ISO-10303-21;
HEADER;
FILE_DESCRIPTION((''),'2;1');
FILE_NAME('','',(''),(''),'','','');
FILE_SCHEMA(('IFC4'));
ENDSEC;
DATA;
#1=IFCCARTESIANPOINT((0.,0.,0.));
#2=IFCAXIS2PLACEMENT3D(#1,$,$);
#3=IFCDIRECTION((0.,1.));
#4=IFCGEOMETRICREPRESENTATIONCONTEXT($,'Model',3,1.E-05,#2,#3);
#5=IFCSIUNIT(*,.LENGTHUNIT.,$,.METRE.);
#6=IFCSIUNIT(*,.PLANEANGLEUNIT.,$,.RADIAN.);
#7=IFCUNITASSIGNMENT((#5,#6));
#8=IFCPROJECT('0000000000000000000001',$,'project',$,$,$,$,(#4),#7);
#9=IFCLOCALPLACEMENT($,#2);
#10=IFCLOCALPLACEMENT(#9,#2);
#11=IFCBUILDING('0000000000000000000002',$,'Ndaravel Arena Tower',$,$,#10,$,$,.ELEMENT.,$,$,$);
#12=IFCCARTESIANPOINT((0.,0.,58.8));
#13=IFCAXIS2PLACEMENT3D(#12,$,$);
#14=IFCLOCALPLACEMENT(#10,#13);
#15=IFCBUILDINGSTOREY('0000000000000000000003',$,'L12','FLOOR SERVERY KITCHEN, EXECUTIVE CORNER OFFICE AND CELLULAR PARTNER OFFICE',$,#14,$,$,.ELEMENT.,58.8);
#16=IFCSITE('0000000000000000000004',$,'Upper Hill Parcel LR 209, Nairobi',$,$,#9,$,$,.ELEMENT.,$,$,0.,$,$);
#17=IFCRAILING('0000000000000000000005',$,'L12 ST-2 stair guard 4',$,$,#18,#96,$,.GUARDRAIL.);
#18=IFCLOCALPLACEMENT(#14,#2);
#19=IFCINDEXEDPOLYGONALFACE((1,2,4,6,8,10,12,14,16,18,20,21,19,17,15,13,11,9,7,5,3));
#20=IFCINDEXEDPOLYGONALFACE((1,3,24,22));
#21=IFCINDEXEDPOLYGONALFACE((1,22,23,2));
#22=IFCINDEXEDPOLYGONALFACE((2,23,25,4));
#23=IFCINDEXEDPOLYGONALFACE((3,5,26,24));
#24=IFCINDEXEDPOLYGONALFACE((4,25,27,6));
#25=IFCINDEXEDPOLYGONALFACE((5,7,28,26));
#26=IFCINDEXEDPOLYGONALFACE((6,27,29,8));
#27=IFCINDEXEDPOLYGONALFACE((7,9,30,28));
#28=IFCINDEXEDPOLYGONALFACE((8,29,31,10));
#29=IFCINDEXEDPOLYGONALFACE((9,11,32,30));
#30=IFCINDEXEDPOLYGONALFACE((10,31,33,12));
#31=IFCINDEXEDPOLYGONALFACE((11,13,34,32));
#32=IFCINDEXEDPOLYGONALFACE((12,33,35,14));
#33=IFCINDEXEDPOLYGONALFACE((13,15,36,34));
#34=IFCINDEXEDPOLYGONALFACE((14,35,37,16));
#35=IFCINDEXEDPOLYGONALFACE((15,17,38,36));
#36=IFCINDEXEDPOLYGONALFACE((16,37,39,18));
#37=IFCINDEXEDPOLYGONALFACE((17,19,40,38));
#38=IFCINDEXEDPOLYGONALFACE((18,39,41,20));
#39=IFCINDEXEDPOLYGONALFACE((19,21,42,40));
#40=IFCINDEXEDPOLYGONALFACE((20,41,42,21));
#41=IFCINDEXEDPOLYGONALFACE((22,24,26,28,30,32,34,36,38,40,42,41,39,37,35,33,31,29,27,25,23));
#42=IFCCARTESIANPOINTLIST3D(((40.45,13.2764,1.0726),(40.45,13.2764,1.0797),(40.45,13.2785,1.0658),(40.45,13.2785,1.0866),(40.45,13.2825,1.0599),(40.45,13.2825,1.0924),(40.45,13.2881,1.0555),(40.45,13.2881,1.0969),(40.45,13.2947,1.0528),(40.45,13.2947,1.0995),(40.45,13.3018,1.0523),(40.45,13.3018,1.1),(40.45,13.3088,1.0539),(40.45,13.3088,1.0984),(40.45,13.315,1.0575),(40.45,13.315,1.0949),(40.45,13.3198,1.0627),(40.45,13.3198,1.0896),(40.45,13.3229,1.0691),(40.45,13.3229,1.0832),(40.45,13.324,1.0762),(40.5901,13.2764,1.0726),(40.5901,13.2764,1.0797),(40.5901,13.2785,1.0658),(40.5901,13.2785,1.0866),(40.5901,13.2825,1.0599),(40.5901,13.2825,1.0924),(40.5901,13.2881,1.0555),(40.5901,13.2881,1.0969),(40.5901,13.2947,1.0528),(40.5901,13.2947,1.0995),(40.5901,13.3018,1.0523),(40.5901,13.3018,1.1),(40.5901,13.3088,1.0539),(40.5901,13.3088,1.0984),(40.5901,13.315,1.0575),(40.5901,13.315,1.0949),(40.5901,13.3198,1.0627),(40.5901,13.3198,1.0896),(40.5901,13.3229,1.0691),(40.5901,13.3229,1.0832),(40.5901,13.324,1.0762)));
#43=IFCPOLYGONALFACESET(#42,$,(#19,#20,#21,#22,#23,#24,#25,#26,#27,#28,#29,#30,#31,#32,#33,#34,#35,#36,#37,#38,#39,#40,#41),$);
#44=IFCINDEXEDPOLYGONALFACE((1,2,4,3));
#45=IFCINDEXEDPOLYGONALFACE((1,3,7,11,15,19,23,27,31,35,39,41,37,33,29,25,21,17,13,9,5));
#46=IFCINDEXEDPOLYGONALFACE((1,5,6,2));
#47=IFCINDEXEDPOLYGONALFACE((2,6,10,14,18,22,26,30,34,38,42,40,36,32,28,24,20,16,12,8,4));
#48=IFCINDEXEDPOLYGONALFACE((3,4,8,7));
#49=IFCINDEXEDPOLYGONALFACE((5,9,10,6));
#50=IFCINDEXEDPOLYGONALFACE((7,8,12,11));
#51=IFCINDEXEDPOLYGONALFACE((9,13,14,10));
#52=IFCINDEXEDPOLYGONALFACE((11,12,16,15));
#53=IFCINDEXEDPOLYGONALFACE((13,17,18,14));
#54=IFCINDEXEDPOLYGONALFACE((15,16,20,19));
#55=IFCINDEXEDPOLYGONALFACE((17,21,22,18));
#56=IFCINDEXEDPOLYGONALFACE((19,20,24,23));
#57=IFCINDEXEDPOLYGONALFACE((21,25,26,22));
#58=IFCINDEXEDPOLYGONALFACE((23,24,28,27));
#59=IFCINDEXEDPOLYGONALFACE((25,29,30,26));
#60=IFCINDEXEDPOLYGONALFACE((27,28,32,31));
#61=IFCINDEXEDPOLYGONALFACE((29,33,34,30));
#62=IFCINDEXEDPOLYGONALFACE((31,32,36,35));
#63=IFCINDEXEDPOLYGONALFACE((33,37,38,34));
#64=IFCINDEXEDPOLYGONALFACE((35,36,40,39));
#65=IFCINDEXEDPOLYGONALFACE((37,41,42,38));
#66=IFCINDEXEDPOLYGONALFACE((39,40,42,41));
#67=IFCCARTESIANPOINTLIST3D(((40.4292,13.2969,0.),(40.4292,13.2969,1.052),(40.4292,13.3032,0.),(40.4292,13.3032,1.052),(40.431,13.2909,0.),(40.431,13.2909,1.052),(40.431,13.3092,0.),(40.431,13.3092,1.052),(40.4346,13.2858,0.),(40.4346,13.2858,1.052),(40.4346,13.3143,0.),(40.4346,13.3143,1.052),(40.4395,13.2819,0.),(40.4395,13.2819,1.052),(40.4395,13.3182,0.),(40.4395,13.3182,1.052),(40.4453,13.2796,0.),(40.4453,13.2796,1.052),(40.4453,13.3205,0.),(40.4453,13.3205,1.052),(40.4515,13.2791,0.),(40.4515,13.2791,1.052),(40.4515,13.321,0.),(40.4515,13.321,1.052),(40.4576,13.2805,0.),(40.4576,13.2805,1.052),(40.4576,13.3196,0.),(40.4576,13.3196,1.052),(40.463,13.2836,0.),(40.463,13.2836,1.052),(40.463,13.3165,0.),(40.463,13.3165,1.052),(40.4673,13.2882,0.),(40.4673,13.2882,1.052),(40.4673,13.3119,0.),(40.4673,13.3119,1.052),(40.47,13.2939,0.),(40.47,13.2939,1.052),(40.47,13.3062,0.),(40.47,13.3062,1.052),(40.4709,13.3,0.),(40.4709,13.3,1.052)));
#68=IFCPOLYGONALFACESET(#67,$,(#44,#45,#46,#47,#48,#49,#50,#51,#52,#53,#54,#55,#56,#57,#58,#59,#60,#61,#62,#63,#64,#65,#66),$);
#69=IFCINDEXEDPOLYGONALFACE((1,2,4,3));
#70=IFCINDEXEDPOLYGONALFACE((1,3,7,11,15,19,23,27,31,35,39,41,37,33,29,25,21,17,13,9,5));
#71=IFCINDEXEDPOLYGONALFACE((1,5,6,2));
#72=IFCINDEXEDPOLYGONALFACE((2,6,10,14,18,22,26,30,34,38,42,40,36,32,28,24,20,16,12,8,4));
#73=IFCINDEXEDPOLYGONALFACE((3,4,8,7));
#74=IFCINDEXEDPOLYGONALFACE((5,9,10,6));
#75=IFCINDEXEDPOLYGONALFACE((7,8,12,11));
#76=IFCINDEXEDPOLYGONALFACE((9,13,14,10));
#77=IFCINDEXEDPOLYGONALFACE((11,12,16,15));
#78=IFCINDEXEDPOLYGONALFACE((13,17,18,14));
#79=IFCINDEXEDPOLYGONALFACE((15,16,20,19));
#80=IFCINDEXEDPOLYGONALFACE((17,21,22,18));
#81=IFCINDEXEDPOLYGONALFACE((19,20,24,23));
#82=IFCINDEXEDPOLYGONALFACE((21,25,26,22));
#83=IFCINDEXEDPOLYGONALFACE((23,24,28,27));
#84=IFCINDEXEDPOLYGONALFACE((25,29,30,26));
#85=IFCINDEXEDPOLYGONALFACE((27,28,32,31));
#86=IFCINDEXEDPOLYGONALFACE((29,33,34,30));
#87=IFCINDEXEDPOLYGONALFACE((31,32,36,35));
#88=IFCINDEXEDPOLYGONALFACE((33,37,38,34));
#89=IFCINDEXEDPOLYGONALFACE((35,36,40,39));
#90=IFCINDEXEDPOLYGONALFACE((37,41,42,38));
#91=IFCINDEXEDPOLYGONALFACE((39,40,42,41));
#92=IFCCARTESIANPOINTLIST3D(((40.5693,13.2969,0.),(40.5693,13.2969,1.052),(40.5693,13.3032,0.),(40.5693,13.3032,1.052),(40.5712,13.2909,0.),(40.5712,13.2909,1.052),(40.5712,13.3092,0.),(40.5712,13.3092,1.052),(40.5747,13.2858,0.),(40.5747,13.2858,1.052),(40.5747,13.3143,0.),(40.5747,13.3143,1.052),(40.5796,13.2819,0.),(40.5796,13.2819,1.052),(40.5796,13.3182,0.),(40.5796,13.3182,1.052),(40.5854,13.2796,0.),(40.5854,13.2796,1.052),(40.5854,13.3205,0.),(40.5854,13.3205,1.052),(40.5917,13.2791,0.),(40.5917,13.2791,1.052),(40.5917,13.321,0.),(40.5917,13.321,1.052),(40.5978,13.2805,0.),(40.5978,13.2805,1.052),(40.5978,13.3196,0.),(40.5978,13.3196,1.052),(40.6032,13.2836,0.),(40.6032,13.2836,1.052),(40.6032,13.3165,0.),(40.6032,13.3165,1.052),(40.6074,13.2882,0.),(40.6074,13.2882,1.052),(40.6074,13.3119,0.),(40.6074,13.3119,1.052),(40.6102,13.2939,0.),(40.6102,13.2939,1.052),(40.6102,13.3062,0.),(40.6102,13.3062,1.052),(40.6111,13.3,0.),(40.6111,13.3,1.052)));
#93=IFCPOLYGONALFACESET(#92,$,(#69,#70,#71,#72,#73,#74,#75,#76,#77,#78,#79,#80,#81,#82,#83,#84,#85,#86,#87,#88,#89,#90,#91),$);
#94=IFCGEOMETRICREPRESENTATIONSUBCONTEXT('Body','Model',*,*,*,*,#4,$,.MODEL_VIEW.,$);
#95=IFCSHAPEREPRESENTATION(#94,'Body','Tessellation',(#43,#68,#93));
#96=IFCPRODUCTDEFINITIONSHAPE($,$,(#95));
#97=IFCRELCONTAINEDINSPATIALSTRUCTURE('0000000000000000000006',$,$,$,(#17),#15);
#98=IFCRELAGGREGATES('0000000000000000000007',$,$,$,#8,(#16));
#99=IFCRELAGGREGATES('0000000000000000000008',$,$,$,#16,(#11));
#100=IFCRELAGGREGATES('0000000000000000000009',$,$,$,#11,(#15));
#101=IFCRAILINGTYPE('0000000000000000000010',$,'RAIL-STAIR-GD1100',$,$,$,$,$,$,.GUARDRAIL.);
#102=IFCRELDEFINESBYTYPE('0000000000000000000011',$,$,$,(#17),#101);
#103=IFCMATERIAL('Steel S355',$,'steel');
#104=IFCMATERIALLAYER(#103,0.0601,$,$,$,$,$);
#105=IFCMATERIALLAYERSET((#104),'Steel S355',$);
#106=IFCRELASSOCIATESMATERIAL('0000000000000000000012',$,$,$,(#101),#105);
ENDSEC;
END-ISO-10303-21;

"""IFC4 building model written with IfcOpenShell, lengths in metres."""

from ifc_helpers import new_model, si_unit, direction, frame, origin, origin_2d, place, context, subcontext, project, spatial, circle, extrude, material, layer, layer_set, type_object, element, save


model = new_model("IFC4")

# Units and contexts
model_context = context("Model", 3, precision=1e-05, world=origin(), true_north=direction((0.0, 1.0)))
body_context = subcontext(model_context, "Body", "Model", "MODEL_VIEW")
ifc_project = project(units=[si_unit("LENGTHUNIT", "METRE"), si_unit("PLANEANGLEUNIT", "RADIAN")], contexts=[model_context])

# Site, building, storey
site_placement = place(None, origin())
site = spatial("IfcSite", under=ifc_project, at=site_placement, Name="Upper Hill Parcel LR 209, Nairobi", CompositionType="ELEMENT", RefElevation=0.0)
building_placement = place(site_placement, origin())
building = spatial("IfcBuilding", under=site, at=building_placement, Name="Ndaravel Arena Tower", CompositionType="ELEMENT")
storey_placement = place(building_placement, frame((0.0, 0.0, 58.8)))
storey = spatial("IfcBuildingStorey", under=building, at=storey_placement, Name="L12", Description="FLOOR SERVERY KITCHEN, EXECUTIVE CORNER OFFICE AND CELLULAR PARTNER OFFICE", CompositionType="ELEMENT", Elevation=58.8)

# Railing
ifc_material_1 = material(Name="Steel S355", Category="steel")
ifc_layer_1 = layer(ifc_material_1, 0.0601)
ifc_layer_set_1 = layer_set([ifc_layer_1], Name="Steel S355")
railing_type_1 = type_object("IfcRailingType", Name="RAIL-STAIR-GD1100", PredefinedType="GUARDRAIL", material=ifc_layer_set_1)
railing_1_placement = place(storey_placement, frame((40.45, 13.3, 0.0)))
element("IfcRailing", 1, at=railing_1_placement, inside=storey, type_object=railing_type_1, Name="L12 ST-2 stair guard 4", PredefinedType="GUARDRAIL", context=body_context, shape_type="SweptSolid", body=[
    extrude(circle(Radius=0.0239, at=origin_2d()), frame((0.0, 0.0, 1.0762), z_axis=(1.0, 0.0, 0.0), x_axis=(0.0, 1.0, 0.0)), (0.0, 0.0, 1.0), 0.1401),
    extrude(circle(Radius=0.021, at=origin_2d()), origin(), (0.0, 0.0, 1.0), 1.052),
    extrude(circle(Radius=0.021, at=origin_2d()), frame((0.1401, 0.0, 0.0)), (0.0, 0.0, 1.0), 1.052),
])

save(model, "model.ifc")
